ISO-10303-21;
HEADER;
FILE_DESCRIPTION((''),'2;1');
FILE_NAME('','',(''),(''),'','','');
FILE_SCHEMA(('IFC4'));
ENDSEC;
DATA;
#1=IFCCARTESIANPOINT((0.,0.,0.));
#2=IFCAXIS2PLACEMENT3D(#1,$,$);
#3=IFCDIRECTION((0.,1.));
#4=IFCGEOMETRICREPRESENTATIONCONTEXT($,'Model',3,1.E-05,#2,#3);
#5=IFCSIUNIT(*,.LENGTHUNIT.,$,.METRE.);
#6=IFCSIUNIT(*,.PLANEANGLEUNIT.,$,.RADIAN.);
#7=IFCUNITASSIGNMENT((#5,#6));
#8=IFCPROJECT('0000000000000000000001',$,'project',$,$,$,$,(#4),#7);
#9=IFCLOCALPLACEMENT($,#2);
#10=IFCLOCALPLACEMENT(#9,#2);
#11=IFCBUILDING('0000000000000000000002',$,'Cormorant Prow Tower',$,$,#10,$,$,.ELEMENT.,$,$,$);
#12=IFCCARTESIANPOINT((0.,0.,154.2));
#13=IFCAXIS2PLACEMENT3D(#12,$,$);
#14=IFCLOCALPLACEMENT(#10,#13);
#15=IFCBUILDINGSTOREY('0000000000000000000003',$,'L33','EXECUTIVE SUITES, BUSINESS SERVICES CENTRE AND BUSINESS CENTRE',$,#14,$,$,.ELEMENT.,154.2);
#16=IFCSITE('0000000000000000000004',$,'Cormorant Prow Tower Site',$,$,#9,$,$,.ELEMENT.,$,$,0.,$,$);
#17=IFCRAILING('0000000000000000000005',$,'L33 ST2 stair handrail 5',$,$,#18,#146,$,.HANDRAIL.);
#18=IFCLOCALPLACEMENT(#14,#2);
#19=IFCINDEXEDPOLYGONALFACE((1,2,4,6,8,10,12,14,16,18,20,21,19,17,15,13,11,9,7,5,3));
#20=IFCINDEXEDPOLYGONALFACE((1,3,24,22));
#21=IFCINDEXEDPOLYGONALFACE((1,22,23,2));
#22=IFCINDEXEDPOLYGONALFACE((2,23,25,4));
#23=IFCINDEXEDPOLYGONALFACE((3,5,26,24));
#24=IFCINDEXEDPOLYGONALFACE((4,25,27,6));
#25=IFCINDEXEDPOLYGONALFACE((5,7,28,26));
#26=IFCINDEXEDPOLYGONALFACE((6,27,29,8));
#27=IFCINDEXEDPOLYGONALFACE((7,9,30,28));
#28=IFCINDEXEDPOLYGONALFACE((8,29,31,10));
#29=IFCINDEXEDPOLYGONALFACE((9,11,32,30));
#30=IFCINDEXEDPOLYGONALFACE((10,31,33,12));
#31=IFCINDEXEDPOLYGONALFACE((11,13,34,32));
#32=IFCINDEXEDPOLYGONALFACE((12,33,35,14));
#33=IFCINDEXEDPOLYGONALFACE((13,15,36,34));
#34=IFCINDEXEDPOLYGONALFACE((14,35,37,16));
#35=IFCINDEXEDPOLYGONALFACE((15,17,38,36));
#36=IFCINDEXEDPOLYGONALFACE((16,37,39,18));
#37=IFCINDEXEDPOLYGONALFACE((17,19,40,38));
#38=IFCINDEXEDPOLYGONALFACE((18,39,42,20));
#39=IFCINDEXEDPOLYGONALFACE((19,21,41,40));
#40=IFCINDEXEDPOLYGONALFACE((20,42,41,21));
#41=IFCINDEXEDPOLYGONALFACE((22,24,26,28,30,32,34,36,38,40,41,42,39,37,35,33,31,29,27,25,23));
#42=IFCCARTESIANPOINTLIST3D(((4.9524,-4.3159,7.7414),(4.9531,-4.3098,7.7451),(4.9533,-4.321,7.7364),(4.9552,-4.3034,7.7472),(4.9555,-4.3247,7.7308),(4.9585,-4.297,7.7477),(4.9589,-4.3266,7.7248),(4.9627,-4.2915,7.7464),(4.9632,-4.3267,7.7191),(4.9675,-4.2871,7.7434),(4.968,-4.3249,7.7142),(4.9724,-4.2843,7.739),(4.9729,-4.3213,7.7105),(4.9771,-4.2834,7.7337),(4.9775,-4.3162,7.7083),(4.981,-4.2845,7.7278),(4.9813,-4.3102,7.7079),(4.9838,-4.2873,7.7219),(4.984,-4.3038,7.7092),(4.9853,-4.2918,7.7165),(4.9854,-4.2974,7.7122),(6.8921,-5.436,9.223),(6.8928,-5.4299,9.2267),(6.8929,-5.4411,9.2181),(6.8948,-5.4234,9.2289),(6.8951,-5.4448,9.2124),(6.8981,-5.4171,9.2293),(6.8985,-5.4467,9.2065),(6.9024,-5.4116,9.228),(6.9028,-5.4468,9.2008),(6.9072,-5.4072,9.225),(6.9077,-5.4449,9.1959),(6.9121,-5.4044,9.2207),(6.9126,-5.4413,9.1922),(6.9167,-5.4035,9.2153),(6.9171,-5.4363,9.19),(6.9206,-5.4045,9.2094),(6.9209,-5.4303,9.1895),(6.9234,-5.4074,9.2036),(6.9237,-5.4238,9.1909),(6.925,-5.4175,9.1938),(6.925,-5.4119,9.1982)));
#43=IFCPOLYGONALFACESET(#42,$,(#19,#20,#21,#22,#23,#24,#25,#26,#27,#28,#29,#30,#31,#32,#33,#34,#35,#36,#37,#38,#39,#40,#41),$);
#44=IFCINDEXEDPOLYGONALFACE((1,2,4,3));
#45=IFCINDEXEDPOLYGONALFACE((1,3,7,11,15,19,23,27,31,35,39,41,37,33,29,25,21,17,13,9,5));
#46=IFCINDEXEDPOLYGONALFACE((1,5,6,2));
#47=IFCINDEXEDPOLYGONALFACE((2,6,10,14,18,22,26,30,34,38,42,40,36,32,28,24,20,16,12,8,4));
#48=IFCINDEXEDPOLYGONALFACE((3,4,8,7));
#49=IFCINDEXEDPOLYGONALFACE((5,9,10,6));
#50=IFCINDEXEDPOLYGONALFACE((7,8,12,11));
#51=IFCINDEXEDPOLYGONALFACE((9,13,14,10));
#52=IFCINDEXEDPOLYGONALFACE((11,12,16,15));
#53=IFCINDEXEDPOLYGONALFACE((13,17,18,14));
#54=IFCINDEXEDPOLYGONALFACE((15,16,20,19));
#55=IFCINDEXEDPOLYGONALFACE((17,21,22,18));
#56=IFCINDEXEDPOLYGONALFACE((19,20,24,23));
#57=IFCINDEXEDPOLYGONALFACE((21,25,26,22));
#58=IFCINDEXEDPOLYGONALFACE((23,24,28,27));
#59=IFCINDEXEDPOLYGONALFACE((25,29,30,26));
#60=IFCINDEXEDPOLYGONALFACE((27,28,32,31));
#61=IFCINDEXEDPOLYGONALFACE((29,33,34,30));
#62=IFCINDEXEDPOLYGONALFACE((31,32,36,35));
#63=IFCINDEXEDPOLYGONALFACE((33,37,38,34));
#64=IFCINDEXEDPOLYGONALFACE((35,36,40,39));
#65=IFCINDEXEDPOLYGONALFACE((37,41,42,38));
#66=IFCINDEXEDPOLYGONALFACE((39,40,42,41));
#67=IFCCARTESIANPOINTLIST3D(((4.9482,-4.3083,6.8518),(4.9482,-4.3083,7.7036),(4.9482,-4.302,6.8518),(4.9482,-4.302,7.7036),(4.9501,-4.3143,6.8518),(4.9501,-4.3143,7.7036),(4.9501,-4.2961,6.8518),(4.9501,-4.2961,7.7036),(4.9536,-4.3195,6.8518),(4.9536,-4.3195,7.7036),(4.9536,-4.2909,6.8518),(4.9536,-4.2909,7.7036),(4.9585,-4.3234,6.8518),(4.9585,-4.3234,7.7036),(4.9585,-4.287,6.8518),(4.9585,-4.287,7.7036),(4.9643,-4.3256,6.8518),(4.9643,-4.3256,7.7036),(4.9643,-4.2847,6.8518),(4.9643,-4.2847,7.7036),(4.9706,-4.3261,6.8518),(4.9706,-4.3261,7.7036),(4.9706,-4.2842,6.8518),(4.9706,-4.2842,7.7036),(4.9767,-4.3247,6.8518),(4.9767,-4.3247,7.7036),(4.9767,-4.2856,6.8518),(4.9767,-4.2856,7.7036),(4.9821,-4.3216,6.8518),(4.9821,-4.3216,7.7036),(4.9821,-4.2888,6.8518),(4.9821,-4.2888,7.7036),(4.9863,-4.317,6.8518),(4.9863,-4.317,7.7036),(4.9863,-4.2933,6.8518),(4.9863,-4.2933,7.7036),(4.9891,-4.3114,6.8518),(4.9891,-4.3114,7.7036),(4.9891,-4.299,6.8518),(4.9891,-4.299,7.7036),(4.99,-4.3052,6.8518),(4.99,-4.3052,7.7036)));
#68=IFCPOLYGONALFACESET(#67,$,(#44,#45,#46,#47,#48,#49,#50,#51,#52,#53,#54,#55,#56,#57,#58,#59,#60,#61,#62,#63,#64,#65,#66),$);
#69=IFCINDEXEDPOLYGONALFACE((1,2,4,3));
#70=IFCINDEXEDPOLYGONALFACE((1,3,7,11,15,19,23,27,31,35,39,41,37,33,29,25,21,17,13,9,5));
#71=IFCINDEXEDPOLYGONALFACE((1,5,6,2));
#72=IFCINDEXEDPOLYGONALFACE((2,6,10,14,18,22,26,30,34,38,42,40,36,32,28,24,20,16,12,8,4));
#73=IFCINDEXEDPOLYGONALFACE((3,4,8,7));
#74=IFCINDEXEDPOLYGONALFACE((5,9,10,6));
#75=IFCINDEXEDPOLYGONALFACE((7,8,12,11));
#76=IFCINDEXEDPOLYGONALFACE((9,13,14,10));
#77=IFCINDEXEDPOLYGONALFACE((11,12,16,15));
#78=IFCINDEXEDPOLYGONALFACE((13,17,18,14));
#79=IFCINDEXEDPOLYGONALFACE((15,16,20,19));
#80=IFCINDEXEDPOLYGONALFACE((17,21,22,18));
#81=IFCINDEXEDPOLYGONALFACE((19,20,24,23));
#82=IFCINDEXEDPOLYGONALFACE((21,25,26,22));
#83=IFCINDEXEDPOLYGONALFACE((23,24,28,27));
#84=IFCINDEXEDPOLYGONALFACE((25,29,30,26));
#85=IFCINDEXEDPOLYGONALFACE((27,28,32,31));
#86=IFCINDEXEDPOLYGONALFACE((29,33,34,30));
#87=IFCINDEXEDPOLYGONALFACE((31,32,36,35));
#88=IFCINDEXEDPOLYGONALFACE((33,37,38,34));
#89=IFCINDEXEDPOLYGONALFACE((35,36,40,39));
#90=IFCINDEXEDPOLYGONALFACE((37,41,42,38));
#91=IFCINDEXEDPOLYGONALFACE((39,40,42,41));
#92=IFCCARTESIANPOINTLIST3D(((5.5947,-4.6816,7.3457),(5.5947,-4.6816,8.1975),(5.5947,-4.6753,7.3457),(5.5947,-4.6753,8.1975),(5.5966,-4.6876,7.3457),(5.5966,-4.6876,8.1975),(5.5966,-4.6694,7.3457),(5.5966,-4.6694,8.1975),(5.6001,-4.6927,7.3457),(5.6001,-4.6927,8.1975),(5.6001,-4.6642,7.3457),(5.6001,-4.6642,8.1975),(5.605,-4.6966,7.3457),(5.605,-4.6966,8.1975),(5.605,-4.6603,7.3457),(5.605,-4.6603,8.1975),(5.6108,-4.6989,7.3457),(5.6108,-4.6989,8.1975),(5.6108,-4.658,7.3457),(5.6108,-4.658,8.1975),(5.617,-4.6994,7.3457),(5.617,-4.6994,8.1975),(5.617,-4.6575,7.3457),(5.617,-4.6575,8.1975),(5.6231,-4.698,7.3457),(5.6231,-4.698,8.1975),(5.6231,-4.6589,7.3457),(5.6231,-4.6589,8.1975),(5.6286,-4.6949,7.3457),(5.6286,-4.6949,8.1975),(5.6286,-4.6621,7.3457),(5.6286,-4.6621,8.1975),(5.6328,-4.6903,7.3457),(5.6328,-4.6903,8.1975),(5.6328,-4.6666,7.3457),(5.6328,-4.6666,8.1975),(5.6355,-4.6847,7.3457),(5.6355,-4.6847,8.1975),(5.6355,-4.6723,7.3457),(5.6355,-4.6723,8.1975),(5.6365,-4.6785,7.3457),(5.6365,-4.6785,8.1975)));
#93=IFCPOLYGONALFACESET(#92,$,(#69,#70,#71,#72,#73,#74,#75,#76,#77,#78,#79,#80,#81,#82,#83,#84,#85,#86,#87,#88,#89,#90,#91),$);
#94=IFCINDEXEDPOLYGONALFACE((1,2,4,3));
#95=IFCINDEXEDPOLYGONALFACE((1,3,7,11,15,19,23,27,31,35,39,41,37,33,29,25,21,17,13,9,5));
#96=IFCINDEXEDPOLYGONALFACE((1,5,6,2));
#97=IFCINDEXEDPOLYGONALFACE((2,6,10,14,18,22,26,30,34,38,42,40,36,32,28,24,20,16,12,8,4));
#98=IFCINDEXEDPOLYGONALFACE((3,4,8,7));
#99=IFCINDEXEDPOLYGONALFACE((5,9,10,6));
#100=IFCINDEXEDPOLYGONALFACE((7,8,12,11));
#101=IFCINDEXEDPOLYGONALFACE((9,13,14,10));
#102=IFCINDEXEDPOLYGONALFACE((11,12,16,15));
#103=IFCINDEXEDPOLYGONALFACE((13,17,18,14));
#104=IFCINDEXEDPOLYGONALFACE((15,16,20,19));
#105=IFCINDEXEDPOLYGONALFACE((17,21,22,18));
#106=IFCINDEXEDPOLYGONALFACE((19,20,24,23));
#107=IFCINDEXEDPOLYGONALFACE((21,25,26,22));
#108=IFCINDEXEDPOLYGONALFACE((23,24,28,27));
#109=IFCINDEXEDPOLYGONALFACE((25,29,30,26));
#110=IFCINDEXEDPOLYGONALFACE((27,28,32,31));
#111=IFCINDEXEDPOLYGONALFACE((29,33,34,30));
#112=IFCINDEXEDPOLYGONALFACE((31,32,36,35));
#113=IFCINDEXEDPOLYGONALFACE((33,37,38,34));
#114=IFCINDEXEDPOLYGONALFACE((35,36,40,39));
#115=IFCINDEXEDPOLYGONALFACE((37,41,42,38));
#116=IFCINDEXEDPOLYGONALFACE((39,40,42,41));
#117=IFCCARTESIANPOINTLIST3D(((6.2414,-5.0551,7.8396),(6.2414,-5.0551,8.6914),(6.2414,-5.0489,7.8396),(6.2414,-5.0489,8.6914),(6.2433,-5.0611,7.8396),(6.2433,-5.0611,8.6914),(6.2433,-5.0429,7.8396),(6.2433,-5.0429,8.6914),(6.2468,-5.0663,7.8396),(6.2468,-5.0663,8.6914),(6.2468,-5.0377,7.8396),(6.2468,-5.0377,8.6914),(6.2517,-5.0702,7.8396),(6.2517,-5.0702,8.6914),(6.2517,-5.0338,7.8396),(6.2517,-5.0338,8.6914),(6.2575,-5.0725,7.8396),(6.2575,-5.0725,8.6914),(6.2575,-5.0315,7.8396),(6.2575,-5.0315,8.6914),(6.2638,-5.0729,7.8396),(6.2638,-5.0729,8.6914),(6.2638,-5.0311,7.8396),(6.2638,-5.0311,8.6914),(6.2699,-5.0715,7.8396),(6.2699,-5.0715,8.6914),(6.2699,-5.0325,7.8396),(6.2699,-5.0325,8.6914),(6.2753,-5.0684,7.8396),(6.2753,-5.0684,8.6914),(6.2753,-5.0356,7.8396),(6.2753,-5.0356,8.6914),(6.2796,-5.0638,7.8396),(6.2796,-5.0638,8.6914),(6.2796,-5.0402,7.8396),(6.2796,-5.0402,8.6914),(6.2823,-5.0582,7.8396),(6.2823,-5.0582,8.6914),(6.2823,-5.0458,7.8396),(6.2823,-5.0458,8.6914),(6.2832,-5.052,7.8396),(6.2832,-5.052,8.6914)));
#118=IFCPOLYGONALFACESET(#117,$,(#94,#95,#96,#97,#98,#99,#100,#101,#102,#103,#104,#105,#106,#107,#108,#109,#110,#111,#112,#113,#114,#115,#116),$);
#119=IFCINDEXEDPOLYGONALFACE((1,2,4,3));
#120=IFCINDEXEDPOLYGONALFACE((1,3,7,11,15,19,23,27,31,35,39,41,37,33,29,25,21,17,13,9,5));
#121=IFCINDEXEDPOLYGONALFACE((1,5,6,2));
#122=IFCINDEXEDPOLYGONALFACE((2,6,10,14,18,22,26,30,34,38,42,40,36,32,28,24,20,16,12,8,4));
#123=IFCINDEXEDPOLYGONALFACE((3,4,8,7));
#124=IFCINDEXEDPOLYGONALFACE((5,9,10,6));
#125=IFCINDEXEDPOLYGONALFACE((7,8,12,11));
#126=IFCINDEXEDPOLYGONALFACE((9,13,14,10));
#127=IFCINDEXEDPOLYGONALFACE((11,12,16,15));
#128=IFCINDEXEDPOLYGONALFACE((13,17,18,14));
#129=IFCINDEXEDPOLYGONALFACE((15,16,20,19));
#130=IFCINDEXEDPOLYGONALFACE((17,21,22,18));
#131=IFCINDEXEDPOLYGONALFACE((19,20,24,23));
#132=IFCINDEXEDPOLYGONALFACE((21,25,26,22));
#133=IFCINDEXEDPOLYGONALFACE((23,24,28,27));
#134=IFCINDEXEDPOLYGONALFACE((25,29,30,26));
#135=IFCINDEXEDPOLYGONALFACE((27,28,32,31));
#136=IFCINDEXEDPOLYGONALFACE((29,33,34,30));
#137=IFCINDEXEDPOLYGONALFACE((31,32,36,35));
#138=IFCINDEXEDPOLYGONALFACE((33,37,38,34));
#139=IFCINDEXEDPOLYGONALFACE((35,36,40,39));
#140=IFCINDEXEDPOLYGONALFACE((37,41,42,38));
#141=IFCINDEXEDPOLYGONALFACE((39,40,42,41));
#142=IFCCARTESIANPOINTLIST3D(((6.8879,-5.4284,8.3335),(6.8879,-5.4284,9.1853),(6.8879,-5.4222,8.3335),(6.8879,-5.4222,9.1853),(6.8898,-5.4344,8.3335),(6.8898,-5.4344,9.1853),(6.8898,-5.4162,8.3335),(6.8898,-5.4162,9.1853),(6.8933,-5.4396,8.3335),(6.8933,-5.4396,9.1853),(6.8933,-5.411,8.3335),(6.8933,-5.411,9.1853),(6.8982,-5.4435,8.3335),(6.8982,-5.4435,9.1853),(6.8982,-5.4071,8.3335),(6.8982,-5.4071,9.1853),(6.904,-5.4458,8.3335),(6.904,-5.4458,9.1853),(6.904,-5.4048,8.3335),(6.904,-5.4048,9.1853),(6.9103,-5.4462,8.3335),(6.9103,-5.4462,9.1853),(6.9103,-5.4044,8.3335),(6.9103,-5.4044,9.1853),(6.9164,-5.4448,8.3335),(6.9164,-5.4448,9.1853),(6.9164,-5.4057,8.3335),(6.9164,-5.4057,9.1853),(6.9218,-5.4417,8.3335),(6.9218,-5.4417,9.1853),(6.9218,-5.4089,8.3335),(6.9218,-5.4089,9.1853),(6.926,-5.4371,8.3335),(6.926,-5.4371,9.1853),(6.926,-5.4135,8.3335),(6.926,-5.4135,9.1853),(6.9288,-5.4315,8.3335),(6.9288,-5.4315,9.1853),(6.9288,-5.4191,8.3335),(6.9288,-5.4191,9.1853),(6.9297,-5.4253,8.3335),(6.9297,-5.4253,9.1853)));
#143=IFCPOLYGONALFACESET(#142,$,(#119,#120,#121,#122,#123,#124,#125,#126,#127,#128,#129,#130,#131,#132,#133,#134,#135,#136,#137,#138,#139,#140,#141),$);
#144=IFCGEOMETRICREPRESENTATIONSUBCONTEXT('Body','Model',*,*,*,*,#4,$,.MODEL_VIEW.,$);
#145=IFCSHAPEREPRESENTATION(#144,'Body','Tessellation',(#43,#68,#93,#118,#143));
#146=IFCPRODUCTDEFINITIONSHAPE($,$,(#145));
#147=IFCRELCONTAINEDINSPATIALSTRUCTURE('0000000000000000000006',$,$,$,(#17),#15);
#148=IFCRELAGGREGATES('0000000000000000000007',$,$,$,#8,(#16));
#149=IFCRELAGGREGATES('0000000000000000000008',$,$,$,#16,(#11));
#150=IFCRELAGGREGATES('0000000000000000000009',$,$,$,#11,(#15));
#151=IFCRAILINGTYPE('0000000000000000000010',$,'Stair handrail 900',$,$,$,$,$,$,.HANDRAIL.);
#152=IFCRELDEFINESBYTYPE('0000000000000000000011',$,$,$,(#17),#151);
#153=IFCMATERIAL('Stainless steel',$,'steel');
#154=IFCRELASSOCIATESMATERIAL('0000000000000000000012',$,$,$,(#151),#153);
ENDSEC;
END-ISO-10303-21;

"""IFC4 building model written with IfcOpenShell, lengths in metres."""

from ifc_helpers import new_model, si_unit, direction, frame, origin, origin_2d, place, context, subcontext, project, spatial, circle, extrude, material, type_object, element, save


model = new_model("IFC4")

# Units and contexts
model_context = context("Model", 3, precision=1e-05, world=origin(), true_north=direction((0.0, 1.0)))
body_context = subcontext(model_context, "Body", "Model", "MODEL_VIEW")
ifc_project = project(units=[si_unit("LENGTHUNIT", "METRE"), si_unit("PLANEANGLEUNIT", "RADIAN")], contexts=[model_context])

# Site, building, storey
site_placement = place(None, origin())
site = spatial("IfcSite", under=ifc_project, at=site_placement, Name="Cormorant Prow Tower Site", CompositionType="ELEMENT", RefElevation=0.0)
building_placement = place(site_placement, origin())
building = spatial("IfcBuilding", under=site, at=building_placement, Name="Cormorant Prow Tower", CompositionType="ELEMENT")
storey_placement = place(building_placement, frame((0.0, 0.0, 154.2)))
storey = spatial("IfcBuildingStorey", under=building, at=storey_placement, Name="L33", Description="EXECUTIVE SUITES, BUSINESS SERVICES CENTRE AND BUSINESS CENTRE", CompositionType="ELEMENT", Elevation=154.2)

# Railing
ifc_material_1 = material(Name="Stainless steel", Category="steel")
railing_type_1 = type_object("IfcRailingType", Name="Stair handrail 900", PredefinedType="HANDRAIL", material=ifc_material_1)
railing_1_placement = place(storey_placement, frame((4.969, -4.3052, 6.8518)))
element("IfcRailing", 1, at=railing_1_placement, inside=storey, type_object=railing_type_1, Name="L33 ST2 stair handrail 5", PredefinedType="HANDRAIL", context=body_context, shape_type="SweptSolid", body=[
    extrude(circle(Radius=0.0239, at=origin_2d()), frame((0.0, 0.0, 0.876), z_axis=(0.722256, -0.417081, 0.551715), x_axis=(0.500078, 0.86598, 0.0)), (0.0, 0.0, 1.0), 2.6855),
    extrude(circle(Radius=0.021, at=origin_2d()), origin(), (0.0, 0.0, 1.0), 0.8518),
    extrude(circle(Radius=0.021, at=origin_2d()), frame((0.6465, -0.3733, 0.4939)), (0.0, 0.0, 1.0), 0.8518),
    extrude(circle(Radius=0.021, at=origin_2d()), frame((1.2932, -0.7468, 0.9878)), (0.0, 0.0, 1.0), 0.8518),
    extrude(circle(Radius=0.021, at=origin_2d()), frame((1.9397, -1.1201, 1.4817)), (0.0, 0.0, 1.0), 0.8518),
])

save(model, "model.ifc")
